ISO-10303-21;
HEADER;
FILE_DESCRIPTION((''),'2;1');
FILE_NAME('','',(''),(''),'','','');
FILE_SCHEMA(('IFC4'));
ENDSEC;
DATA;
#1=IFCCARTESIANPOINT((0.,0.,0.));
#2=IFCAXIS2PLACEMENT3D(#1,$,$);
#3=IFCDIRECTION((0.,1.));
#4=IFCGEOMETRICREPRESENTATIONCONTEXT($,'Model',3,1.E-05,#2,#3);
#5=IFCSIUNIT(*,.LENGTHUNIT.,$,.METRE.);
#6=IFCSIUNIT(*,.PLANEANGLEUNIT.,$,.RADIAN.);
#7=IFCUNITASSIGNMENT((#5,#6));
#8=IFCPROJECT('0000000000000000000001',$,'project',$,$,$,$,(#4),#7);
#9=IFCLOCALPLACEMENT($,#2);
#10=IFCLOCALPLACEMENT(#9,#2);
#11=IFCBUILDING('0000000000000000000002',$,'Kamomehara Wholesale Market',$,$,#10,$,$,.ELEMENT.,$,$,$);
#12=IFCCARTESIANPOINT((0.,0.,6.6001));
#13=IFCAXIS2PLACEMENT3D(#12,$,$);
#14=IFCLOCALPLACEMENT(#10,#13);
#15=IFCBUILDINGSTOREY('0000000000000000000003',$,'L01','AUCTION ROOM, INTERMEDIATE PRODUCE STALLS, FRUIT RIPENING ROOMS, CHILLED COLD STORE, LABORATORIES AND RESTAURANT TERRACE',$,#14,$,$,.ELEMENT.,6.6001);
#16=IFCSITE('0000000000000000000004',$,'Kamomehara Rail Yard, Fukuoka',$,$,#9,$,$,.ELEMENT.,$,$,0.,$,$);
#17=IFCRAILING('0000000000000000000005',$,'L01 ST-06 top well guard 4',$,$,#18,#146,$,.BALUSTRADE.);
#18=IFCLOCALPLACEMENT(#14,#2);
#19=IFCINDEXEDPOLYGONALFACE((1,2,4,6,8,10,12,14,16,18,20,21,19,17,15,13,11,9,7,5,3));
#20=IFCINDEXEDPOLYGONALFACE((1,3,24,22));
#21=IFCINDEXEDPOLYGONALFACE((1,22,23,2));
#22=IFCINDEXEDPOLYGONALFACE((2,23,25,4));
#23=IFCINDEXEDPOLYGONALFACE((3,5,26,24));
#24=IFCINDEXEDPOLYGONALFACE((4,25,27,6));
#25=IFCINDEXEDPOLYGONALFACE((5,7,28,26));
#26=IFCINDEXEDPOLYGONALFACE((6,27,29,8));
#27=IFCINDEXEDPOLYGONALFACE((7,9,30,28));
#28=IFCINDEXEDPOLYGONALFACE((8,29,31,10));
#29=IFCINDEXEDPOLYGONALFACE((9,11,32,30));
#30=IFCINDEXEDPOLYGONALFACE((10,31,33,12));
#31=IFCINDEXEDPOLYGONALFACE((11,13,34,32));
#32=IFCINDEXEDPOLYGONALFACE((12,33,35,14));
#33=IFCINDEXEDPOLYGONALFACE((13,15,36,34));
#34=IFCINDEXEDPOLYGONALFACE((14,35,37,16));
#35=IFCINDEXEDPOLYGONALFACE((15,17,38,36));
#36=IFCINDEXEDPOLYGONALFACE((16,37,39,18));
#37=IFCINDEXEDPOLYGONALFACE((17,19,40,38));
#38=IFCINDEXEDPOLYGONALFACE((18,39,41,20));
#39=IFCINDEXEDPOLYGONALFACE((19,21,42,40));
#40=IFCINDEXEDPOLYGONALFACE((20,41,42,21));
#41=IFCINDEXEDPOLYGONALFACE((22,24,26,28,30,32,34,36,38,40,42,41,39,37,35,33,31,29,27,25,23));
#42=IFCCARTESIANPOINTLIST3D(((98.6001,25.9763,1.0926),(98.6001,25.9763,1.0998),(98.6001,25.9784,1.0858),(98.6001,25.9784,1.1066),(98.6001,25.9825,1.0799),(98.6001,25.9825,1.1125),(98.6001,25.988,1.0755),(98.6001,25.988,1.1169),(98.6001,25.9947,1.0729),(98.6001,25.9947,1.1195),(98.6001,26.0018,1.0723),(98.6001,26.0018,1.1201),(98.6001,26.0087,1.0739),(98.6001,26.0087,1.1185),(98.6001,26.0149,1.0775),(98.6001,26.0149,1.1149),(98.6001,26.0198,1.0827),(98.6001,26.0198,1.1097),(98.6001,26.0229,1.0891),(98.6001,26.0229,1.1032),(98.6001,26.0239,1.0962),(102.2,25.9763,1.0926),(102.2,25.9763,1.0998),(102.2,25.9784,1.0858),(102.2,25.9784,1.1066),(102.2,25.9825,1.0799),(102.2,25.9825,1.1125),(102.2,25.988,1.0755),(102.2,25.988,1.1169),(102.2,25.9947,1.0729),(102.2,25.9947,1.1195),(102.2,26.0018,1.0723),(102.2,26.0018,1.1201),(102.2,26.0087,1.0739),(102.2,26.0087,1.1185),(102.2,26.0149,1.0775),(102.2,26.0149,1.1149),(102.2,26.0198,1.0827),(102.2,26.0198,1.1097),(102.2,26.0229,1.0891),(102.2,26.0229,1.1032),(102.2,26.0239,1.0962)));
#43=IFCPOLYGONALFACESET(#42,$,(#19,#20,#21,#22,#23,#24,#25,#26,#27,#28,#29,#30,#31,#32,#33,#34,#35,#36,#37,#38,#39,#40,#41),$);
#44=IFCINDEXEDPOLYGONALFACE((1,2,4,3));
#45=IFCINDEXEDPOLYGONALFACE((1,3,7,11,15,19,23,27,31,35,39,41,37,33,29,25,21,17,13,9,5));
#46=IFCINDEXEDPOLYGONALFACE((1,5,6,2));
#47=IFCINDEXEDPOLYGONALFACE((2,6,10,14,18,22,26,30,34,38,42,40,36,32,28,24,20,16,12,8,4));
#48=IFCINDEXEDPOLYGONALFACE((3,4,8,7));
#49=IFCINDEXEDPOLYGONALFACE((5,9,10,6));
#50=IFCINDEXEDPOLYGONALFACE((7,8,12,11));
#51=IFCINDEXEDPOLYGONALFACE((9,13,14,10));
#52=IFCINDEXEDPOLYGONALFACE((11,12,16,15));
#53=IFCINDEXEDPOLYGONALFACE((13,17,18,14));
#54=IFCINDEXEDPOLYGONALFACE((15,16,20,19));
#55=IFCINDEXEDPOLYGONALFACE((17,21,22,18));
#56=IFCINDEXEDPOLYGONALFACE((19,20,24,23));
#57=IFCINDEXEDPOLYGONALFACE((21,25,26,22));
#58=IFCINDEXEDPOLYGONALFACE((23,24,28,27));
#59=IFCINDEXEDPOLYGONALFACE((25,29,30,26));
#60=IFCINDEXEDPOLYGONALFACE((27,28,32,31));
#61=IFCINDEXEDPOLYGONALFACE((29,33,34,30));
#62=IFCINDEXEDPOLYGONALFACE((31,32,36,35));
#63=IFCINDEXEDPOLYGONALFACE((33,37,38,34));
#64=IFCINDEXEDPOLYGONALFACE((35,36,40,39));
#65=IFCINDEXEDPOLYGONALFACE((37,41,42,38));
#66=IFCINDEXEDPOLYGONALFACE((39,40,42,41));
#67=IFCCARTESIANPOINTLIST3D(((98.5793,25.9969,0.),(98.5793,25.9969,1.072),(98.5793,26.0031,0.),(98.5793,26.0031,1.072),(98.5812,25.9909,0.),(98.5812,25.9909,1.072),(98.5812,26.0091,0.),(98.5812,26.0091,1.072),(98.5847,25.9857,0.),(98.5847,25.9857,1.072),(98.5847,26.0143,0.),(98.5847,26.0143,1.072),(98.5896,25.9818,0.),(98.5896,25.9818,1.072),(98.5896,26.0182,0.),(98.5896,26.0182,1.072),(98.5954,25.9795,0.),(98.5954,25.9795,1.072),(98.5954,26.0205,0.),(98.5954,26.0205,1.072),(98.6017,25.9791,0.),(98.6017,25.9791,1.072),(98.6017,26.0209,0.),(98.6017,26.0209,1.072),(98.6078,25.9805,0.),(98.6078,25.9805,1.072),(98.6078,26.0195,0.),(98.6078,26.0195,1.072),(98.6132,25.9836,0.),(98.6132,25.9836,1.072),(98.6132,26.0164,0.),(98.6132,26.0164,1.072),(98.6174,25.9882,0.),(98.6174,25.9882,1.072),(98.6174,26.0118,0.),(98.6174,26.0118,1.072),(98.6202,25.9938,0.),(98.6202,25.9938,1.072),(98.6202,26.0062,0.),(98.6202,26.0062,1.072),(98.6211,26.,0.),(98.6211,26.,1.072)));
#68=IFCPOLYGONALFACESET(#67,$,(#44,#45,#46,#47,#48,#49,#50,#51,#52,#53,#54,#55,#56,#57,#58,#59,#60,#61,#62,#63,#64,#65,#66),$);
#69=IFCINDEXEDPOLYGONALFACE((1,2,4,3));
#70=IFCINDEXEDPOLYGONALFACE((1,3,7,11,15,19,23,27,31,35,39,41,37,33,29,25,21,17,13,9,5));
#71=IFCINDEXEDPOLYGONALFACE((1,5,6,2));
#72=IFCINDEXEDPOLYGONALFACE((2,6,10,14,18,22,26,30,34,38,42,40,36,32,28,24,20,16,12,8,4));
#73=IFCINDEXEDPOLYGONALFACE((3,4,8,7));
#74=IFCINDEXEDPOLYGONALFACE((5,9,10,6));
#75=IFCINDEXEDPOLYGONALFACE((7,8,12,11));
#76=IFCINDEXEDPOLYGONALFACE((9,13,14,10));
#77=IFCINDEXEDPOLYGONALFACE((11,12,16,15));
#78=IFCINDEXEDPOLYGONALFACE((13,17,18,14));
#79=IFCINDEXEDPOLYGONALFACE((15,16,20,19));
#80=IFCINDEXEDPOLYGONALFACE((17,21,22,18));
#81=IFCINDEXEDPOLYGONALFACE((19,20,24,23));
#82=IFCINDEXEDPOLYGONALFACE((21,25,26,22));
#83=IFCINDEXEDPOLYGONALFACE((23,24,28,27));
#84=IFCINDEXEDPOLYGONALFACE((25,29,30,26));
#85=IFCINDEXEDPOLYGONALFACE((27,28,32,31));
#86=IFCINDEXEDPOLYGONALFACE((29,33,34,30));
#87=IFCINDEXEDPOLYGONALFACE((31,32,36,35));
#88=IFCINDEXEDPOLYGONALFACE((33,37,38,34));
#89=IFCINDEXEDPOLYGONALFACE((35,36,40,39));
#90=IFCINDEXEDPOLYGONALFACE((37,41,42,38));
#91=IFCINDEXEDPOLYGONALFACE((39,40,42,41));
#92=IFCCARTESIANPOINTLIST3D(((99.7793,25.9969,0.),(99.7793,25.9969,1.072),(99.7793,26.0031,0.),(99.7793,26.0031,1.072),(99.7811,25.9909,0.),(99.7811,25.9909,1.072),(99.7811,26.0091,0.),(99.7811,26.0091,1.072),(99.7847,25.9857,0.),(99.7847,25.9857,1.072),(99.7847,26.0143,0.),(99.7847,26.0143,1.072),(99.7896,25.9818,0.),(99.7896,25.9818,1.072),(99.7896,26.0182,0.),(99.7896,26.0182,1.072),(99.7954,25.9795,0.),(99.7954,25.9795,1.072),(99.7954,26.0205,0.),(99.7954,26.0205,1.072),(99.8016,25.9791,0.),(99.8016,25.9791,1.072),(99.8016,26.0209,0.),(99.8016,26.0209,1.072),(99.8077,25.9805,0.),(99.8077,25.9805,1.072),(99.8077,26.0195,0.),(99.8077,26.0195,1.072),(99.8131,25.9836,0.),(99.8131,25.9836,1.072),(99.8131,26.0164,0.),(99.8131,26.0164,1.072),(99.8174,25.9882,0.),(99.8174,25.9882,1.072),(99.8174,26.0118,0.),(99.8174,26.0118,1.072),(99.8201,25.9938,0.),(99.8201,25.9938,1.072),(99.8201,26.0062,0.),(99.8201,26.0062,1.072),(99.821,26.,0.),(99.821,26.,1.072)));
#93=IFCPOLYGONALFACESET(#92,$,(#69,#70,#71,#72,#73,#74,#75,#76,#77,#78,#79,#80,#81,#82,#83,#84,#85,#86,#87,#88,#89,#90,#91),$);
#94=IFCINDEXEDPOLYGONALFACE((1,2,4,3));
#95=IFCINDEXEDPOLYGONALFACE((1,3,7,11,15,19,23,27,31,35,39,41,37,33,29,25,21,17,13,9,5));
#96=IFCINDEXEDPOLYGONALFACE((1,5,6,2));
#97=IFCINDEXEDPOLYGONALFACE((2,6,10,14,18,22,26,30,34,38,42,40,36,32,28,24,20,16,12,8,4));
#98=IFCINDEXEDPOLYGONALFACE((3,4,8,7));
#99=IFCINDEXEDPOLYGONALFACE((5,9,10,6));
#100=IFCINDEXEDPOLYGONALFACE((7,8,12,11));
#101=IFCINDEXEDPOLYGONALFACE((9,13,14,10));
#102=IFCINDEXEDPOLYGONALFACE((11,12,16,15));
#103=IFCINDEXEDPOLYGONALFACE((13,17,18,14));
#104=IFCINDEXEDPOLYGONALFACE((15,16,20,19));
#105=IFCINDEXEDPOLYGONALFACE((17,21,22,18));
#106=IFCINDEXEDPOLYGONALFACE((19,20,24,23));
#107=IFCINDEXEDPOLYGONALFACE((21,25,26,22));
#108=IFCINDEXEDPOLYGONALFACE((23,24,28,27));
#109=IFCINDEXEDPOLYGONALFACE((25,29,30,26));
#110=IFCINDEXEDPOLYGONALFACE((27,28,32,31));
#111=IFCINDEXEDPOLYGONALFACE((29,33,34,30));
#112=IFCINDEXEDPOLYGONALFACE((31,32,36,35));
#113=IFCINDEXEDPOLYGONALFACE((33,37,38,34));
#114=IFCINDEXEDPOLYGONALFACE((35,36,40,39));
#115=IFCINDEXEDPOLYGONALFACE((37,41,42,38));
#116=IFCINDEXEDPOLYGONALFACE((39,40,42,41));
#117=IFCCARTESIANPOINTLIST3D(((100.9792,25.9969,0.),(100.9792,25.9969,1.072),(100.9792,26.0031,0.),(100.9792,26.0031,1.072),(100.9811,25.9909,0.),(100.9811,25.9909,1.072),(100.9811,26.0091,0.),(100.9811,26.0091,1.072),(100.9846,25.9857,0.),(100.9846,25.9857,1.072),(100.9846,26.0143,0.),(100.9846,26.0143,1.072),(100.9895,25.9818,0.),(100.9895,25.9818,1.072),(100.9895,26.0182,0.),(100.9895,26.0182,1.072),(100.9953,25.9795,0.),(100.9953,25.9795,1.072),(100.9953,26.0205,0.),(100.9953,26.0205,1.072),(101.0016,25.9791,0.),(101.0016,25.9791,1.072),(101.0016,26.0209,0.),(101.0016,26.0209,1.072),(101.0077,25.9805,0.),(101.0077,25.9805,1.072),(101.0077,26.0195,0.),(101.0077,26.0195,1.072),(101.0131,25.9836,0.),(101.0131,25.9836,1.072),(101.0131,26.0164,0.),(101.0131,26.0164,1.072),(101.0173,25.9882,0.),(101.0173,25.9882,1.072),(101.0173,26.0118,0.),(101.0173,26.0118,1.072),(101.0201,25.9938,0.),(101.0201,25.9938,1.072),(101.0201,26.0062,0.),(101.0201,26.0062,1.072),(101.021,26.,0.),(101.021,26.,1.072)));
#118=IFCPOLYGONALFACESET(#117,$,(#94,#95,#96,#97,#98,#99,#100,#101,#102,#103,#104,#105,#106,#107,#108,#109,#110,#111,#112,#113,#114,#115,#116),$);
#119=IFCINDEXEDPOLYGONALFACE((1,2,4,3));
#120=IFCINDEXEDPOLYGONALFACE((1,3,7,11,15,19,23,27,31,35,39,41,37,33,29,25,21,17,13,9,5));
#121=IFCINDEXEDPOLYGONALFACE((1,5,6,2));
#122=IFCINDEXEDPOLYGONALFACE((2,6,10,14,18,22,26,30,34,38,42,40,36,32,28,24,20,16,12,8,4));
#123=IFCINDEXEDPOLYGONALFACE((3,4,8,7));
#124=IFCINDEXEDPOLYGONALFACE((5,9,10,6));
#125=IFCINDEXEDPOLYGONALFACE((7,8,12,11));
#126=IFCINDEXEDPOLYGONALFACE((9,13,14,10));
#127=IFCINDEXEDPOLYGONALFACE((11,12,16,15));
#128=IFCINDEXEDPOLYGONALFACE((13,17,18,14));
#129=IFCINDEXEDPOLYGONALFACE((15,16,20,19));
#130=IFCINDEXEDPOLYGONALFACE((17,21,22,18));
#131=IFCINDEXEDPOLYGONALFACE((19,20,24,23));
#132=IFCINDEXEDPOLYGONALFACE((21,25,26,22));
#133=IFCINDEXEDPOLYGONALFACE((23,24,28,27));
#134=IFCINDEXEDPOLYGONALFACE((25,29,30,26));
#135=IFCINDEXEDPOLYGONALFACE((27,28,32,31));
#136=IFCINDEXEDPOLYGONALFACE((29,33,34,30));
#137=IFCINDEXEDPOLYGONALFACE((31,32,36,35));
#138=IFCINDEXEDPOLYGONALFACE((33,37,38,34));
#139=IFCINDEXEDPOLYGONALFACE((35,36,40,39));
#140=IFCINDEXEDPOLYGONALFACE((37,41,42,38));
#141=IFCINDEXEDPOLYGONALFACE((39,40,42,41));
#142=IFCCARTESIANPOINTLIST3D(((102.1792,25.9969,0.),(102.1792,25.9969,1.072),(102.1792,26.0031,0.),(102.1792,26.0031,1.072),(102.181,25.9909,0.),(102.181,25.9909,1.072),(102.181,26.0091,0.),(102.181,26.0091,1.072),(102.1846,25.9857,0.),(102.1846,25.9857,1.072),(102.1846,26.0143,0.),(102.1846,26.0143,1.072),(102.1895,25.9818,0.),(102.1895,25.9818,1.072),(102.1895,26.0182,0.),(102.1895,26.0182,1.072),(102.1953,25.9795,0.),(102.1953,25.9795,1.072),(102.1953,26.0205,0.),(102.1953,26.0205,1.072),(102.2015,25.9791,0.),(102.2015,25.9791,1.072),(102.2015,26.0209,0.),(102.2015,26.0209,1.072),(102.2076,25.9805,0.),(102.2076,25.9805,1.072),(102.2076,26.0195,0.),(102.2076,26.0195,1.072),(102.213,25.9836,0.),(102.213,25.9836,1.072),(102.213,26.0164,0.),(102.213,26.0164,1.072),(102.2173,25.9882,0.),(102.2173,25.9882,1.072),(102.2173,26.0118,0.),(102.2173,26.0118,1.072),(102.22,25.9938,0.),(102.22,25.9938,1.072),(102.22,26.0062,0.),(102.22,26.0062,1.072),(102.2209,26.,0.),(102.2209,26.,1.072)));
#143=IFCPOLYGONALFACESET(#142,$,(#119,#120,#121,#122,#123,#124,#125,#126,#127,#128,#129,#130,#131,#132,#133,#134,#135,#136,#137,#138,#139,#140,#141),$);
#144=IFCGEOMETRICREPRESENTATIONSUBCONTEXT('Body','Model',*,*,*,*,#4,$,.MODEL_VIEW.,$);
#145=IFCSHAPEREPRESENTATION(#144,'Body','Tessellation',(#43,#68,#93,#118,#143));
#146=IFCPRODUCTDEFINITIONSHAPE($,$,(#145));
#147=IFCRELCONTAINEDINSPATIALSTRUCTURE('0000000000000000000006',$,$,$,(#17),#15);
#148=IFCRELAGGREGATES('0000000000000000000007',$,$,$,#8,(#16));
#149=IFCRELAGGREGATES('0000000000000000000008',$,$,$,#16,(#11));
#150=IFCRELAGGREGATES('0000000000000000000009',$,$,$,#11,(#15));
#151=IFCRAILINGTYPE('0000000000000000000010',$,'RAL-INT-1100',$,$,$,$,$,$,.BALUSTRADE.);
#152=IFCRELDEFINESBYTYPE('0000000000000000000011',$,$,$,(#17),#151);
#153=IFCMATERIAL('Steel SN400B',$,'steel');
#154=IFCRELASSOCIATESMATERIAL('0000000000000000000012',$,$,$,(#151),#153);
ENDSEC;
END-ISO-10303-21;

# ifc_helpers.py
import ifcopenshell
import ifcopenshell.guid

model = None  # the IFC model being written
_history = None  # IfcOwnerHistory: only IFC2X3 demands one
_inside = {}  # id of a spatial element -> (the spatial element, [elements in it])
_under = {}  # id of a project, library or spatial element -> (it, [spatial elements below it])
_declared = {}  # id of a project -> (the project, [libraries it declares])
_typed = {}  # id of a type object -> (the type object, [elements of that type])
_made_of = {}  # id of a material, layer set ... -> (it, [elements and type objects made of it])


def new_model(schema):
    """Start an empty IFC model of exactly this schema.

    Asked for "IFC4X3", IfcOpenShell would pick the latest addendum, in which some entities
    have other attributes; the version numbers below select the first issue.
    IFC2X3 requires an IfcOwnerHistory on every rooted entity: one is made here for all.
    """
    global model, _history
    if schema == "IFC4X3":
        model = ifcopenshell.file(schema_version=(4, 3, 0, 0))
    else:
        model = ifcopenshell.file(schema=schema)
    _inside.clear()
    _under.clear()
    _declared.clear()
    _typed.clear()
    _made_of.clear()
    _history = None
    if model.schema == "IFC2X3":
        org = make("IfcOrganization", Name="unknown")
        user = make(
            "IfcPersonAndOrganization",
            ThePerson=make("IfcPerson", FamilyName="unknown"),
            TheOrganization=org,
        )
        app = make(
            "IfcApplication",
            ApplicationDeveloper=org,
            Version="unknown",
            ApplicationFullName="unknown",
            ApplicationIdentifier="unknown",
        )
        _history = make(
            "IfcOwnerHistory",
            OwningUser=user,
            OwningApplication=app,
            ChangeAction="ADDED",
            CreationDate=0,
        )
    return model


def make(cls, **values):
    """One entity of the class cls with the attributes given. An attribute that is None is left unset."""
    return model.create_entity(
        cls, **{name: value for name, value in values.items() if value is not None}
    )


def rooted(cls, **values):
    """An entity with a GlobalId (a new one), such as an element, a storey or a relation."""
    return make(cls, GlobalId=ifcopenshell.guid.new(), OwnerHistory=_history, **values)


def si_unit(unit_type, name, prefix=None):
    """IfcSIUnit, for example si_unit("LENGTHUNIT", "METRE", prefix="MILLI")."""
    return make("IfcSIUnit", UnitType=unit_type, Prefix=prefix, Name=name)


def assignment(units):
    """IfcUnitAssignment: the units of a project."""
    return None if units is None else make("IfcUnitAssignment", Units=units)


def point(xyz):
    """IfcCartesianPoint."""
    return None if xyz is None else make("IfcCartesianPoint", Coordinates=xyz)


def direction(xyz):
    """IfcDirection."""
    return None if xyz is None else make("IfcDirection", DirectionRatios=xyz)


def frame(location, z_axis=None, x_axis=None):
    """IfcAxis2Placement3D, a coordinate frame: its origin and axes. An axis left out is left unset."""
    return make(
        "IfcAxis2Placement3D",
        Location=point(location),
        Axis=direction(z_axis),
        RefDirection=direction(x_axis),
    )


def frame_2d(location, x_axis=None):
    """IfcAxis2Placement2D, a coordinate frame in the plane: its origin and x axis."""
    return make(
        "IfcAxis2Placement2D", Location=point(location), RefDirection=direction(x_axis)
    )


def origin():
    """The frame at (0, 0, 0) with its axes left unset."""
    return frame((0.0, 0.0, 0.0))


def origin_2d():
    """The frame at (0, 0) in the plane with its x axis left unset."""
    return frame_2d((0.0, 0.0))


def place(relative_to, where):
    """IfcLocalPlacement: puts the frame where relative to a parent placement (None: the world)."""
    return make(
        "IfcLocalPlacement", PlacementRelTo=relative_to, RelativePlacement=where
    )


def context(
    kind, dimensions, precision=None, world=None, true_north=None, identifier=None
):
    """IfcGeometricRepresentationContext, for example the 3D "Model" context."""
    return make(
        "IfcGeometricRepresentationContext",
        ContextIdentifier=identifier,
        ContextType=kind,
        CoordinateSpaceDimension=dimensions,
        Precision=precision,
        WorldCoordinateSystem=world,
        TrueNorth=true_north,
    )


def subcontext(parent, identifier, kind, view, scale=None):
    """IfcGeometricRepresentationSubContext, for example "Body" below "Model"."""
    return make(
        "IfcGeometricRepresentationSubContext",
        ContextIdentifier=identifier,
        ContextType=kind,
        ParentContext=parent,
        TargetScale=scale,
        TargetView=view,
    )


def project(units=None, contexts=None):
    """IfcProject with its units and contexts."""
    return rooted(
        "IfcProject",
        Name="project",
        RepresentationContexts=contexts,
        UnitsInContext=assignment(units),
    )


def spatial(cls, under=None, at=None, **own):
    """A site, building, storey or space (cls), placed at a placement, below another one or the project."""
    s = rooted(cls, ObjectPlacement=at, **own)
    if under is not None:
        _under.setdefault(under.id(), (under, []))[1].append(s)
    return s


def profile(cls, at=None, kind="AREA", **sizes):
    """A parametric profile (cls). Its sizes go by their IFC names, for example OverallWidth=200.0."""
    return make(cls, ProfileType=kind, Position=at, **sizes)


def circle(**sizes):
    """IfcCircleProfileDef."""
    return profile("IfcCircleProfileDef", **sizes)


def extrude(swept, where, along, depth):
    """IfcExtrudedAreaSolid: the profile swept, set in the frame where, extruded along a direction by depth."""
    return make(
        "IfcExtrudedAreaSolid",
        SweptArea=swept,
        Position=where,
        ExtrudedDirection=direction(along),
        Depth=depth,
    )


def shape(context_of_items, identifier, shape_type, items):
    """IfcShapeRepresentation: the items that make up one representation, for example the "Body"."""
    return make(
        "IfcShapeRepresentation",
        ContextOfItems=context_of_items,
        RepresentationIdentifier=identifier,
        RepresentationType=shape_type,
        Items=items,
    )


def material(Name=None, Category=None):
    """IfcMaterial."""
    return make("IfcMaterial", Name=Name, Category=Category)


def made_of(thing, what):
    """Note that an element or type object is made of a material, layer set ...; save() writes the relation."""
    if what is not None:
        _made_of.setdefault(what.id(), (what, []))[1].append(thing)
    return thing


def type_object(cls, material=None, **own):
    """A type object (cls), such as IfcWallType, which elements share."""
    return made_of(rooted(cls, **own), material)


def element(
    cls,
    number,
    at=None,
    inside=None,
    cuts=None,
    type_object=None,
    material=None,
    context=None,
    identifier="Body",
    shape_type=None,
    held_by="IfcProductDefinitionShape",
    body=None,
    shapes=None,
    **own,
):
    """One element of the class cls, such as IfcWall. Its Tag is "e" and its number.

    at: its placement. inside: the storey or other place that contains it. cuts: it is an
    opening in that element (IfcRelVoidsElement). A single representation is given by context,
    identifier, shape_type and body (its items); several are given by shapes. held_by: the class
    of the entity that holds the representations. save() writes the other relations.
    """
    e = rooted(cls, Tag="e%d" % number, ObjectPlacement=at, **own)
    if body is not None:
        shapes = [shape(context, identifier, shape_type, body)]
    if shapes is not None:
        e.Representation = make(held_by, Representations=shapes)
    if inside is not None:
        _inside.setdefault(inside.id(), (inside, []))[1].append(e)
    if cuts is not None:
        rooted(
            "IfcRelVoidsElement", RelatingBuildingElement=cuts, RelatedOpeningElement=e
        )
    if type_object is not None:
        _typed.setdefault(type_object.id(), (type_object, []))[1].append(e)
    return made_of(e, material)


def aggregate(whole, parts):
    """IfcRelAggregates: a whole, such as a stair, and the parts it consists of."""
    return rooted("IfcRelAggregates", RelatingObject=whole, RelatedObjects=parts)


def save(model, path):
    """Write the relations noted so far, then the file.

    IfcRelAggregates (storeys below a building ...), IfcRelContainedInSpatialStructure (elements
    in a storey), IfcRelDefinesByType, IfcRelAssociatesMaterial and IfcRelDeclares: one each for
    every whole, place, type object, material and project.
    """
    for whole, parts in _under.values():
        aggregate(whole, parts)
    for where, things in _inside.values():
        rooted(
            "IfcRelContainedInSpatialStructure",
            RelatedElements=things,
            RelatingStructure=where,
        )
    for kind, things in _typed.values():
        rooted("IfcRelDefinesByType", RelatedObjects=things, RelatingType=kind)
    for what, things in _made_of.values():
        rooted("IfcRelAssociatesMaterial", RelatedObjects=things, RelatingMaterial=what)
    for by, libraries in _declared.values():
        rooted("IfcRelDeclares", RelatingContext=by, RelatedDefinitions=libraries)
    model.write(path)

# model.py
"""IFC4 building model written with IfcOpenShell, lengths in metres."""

from ifc_helpers import new_model, si_unit, direction, frame, origin, origin_2d, place, context, subcontext, project, spatial, circle, extrude, material, type_object, element, save


model = new_model("IFC4")

# Units and contexts
model_context = context("Model", 3, precision=1e-05, world=origin(), true_north=direction((0.0, 1.0)))
body_context = subcontext(model_context, "Body", "Model", "MODEL_VIEW")
ifc_project = project(units=[si_unit("LENGTHUNIT", "METRE"), si_unit("PLANEANGLEUNIT", "RADIAN")], contexts=[model_context])

# Site, building, storey
site_placement = place(None, origin())
site = spatial("IfcSite", under=ifc_project, at=site_placement, Name="Kamomehara Rail Yard, Fukuoka", CompositionType="ELEMENT", RefElevation=0.0)
building_placement = place(site_placement, origin())
building = spatial("IfcBuilding", under=site, at=building_placement, Name="Kamomehara Wholesale Market", CompositionType="ELEMENT")
storey_placement = place(building_placement, frame((0.0, 0.0, 6.6001)))
storey = spatial("IfcBuildingStorey", under=building, at=storey_placement, Name="L01", Description="AUCTION ROOM, INTERMEDIATE PRODUCE STALLS, FRUIT RIPENING ROOMS, CHILLED COLD STORE, LABORATORIES AND RESTAURANT TERRACE", CompositionType="ELEMENT", Elevation=6.6001)

# Railing
ifc_material_1 = material(Name="Steel SN400B", Category="steel")
railing_type = type_object("IfcRailingType", Name="RAL-INT-1100", PredefinedType="BALUSTRADE", material=ifc_material_1)
railing_1_placement = place(storey_placement, frame((98.6001, 26.0, 0.0)))
element("IfcRailing", 1, at=railing_1_placement, inside=storey, type_object=railing_type, Name="L01 ST-06 top well guard 4", PredefinedType="BALUSTRADE", context=body_context, shape_type="SweptSolid", body=[
    extrude(circle(Radius=0.0239, at=origin_2d()), frame((0.0, 0.0, 1.0962), z_axis=(1.0, 0.0, 0.0), x_axis=(0.0, 1.0, 0.0)), (0.0, 0.0, 1.0), 3.5999),
    extrude(circle(Radius=0.021, at=origin_2d()), origin(), (0.0, 0.0, 1.0), 1.072),
    extrude(circle(Radius=0.021, at=origin_2d()), frame((1.2, 0.0, 0.0)), (0.0, 0.0, 1.0), 1.072),
    extrude(circle(Radius=0.021, at=origin_2d()), frame((2.3999, 0.0, 0.0)), (0.0, 0.0, 1.0), 1.072),
    extrude(circle(Radius=0.021, at=origin_2d()), frame((3.5999, 0.0, 0.0)), (0.0, 0.0, 1.0), 1.072),
])

save(model, "model.ifc")
